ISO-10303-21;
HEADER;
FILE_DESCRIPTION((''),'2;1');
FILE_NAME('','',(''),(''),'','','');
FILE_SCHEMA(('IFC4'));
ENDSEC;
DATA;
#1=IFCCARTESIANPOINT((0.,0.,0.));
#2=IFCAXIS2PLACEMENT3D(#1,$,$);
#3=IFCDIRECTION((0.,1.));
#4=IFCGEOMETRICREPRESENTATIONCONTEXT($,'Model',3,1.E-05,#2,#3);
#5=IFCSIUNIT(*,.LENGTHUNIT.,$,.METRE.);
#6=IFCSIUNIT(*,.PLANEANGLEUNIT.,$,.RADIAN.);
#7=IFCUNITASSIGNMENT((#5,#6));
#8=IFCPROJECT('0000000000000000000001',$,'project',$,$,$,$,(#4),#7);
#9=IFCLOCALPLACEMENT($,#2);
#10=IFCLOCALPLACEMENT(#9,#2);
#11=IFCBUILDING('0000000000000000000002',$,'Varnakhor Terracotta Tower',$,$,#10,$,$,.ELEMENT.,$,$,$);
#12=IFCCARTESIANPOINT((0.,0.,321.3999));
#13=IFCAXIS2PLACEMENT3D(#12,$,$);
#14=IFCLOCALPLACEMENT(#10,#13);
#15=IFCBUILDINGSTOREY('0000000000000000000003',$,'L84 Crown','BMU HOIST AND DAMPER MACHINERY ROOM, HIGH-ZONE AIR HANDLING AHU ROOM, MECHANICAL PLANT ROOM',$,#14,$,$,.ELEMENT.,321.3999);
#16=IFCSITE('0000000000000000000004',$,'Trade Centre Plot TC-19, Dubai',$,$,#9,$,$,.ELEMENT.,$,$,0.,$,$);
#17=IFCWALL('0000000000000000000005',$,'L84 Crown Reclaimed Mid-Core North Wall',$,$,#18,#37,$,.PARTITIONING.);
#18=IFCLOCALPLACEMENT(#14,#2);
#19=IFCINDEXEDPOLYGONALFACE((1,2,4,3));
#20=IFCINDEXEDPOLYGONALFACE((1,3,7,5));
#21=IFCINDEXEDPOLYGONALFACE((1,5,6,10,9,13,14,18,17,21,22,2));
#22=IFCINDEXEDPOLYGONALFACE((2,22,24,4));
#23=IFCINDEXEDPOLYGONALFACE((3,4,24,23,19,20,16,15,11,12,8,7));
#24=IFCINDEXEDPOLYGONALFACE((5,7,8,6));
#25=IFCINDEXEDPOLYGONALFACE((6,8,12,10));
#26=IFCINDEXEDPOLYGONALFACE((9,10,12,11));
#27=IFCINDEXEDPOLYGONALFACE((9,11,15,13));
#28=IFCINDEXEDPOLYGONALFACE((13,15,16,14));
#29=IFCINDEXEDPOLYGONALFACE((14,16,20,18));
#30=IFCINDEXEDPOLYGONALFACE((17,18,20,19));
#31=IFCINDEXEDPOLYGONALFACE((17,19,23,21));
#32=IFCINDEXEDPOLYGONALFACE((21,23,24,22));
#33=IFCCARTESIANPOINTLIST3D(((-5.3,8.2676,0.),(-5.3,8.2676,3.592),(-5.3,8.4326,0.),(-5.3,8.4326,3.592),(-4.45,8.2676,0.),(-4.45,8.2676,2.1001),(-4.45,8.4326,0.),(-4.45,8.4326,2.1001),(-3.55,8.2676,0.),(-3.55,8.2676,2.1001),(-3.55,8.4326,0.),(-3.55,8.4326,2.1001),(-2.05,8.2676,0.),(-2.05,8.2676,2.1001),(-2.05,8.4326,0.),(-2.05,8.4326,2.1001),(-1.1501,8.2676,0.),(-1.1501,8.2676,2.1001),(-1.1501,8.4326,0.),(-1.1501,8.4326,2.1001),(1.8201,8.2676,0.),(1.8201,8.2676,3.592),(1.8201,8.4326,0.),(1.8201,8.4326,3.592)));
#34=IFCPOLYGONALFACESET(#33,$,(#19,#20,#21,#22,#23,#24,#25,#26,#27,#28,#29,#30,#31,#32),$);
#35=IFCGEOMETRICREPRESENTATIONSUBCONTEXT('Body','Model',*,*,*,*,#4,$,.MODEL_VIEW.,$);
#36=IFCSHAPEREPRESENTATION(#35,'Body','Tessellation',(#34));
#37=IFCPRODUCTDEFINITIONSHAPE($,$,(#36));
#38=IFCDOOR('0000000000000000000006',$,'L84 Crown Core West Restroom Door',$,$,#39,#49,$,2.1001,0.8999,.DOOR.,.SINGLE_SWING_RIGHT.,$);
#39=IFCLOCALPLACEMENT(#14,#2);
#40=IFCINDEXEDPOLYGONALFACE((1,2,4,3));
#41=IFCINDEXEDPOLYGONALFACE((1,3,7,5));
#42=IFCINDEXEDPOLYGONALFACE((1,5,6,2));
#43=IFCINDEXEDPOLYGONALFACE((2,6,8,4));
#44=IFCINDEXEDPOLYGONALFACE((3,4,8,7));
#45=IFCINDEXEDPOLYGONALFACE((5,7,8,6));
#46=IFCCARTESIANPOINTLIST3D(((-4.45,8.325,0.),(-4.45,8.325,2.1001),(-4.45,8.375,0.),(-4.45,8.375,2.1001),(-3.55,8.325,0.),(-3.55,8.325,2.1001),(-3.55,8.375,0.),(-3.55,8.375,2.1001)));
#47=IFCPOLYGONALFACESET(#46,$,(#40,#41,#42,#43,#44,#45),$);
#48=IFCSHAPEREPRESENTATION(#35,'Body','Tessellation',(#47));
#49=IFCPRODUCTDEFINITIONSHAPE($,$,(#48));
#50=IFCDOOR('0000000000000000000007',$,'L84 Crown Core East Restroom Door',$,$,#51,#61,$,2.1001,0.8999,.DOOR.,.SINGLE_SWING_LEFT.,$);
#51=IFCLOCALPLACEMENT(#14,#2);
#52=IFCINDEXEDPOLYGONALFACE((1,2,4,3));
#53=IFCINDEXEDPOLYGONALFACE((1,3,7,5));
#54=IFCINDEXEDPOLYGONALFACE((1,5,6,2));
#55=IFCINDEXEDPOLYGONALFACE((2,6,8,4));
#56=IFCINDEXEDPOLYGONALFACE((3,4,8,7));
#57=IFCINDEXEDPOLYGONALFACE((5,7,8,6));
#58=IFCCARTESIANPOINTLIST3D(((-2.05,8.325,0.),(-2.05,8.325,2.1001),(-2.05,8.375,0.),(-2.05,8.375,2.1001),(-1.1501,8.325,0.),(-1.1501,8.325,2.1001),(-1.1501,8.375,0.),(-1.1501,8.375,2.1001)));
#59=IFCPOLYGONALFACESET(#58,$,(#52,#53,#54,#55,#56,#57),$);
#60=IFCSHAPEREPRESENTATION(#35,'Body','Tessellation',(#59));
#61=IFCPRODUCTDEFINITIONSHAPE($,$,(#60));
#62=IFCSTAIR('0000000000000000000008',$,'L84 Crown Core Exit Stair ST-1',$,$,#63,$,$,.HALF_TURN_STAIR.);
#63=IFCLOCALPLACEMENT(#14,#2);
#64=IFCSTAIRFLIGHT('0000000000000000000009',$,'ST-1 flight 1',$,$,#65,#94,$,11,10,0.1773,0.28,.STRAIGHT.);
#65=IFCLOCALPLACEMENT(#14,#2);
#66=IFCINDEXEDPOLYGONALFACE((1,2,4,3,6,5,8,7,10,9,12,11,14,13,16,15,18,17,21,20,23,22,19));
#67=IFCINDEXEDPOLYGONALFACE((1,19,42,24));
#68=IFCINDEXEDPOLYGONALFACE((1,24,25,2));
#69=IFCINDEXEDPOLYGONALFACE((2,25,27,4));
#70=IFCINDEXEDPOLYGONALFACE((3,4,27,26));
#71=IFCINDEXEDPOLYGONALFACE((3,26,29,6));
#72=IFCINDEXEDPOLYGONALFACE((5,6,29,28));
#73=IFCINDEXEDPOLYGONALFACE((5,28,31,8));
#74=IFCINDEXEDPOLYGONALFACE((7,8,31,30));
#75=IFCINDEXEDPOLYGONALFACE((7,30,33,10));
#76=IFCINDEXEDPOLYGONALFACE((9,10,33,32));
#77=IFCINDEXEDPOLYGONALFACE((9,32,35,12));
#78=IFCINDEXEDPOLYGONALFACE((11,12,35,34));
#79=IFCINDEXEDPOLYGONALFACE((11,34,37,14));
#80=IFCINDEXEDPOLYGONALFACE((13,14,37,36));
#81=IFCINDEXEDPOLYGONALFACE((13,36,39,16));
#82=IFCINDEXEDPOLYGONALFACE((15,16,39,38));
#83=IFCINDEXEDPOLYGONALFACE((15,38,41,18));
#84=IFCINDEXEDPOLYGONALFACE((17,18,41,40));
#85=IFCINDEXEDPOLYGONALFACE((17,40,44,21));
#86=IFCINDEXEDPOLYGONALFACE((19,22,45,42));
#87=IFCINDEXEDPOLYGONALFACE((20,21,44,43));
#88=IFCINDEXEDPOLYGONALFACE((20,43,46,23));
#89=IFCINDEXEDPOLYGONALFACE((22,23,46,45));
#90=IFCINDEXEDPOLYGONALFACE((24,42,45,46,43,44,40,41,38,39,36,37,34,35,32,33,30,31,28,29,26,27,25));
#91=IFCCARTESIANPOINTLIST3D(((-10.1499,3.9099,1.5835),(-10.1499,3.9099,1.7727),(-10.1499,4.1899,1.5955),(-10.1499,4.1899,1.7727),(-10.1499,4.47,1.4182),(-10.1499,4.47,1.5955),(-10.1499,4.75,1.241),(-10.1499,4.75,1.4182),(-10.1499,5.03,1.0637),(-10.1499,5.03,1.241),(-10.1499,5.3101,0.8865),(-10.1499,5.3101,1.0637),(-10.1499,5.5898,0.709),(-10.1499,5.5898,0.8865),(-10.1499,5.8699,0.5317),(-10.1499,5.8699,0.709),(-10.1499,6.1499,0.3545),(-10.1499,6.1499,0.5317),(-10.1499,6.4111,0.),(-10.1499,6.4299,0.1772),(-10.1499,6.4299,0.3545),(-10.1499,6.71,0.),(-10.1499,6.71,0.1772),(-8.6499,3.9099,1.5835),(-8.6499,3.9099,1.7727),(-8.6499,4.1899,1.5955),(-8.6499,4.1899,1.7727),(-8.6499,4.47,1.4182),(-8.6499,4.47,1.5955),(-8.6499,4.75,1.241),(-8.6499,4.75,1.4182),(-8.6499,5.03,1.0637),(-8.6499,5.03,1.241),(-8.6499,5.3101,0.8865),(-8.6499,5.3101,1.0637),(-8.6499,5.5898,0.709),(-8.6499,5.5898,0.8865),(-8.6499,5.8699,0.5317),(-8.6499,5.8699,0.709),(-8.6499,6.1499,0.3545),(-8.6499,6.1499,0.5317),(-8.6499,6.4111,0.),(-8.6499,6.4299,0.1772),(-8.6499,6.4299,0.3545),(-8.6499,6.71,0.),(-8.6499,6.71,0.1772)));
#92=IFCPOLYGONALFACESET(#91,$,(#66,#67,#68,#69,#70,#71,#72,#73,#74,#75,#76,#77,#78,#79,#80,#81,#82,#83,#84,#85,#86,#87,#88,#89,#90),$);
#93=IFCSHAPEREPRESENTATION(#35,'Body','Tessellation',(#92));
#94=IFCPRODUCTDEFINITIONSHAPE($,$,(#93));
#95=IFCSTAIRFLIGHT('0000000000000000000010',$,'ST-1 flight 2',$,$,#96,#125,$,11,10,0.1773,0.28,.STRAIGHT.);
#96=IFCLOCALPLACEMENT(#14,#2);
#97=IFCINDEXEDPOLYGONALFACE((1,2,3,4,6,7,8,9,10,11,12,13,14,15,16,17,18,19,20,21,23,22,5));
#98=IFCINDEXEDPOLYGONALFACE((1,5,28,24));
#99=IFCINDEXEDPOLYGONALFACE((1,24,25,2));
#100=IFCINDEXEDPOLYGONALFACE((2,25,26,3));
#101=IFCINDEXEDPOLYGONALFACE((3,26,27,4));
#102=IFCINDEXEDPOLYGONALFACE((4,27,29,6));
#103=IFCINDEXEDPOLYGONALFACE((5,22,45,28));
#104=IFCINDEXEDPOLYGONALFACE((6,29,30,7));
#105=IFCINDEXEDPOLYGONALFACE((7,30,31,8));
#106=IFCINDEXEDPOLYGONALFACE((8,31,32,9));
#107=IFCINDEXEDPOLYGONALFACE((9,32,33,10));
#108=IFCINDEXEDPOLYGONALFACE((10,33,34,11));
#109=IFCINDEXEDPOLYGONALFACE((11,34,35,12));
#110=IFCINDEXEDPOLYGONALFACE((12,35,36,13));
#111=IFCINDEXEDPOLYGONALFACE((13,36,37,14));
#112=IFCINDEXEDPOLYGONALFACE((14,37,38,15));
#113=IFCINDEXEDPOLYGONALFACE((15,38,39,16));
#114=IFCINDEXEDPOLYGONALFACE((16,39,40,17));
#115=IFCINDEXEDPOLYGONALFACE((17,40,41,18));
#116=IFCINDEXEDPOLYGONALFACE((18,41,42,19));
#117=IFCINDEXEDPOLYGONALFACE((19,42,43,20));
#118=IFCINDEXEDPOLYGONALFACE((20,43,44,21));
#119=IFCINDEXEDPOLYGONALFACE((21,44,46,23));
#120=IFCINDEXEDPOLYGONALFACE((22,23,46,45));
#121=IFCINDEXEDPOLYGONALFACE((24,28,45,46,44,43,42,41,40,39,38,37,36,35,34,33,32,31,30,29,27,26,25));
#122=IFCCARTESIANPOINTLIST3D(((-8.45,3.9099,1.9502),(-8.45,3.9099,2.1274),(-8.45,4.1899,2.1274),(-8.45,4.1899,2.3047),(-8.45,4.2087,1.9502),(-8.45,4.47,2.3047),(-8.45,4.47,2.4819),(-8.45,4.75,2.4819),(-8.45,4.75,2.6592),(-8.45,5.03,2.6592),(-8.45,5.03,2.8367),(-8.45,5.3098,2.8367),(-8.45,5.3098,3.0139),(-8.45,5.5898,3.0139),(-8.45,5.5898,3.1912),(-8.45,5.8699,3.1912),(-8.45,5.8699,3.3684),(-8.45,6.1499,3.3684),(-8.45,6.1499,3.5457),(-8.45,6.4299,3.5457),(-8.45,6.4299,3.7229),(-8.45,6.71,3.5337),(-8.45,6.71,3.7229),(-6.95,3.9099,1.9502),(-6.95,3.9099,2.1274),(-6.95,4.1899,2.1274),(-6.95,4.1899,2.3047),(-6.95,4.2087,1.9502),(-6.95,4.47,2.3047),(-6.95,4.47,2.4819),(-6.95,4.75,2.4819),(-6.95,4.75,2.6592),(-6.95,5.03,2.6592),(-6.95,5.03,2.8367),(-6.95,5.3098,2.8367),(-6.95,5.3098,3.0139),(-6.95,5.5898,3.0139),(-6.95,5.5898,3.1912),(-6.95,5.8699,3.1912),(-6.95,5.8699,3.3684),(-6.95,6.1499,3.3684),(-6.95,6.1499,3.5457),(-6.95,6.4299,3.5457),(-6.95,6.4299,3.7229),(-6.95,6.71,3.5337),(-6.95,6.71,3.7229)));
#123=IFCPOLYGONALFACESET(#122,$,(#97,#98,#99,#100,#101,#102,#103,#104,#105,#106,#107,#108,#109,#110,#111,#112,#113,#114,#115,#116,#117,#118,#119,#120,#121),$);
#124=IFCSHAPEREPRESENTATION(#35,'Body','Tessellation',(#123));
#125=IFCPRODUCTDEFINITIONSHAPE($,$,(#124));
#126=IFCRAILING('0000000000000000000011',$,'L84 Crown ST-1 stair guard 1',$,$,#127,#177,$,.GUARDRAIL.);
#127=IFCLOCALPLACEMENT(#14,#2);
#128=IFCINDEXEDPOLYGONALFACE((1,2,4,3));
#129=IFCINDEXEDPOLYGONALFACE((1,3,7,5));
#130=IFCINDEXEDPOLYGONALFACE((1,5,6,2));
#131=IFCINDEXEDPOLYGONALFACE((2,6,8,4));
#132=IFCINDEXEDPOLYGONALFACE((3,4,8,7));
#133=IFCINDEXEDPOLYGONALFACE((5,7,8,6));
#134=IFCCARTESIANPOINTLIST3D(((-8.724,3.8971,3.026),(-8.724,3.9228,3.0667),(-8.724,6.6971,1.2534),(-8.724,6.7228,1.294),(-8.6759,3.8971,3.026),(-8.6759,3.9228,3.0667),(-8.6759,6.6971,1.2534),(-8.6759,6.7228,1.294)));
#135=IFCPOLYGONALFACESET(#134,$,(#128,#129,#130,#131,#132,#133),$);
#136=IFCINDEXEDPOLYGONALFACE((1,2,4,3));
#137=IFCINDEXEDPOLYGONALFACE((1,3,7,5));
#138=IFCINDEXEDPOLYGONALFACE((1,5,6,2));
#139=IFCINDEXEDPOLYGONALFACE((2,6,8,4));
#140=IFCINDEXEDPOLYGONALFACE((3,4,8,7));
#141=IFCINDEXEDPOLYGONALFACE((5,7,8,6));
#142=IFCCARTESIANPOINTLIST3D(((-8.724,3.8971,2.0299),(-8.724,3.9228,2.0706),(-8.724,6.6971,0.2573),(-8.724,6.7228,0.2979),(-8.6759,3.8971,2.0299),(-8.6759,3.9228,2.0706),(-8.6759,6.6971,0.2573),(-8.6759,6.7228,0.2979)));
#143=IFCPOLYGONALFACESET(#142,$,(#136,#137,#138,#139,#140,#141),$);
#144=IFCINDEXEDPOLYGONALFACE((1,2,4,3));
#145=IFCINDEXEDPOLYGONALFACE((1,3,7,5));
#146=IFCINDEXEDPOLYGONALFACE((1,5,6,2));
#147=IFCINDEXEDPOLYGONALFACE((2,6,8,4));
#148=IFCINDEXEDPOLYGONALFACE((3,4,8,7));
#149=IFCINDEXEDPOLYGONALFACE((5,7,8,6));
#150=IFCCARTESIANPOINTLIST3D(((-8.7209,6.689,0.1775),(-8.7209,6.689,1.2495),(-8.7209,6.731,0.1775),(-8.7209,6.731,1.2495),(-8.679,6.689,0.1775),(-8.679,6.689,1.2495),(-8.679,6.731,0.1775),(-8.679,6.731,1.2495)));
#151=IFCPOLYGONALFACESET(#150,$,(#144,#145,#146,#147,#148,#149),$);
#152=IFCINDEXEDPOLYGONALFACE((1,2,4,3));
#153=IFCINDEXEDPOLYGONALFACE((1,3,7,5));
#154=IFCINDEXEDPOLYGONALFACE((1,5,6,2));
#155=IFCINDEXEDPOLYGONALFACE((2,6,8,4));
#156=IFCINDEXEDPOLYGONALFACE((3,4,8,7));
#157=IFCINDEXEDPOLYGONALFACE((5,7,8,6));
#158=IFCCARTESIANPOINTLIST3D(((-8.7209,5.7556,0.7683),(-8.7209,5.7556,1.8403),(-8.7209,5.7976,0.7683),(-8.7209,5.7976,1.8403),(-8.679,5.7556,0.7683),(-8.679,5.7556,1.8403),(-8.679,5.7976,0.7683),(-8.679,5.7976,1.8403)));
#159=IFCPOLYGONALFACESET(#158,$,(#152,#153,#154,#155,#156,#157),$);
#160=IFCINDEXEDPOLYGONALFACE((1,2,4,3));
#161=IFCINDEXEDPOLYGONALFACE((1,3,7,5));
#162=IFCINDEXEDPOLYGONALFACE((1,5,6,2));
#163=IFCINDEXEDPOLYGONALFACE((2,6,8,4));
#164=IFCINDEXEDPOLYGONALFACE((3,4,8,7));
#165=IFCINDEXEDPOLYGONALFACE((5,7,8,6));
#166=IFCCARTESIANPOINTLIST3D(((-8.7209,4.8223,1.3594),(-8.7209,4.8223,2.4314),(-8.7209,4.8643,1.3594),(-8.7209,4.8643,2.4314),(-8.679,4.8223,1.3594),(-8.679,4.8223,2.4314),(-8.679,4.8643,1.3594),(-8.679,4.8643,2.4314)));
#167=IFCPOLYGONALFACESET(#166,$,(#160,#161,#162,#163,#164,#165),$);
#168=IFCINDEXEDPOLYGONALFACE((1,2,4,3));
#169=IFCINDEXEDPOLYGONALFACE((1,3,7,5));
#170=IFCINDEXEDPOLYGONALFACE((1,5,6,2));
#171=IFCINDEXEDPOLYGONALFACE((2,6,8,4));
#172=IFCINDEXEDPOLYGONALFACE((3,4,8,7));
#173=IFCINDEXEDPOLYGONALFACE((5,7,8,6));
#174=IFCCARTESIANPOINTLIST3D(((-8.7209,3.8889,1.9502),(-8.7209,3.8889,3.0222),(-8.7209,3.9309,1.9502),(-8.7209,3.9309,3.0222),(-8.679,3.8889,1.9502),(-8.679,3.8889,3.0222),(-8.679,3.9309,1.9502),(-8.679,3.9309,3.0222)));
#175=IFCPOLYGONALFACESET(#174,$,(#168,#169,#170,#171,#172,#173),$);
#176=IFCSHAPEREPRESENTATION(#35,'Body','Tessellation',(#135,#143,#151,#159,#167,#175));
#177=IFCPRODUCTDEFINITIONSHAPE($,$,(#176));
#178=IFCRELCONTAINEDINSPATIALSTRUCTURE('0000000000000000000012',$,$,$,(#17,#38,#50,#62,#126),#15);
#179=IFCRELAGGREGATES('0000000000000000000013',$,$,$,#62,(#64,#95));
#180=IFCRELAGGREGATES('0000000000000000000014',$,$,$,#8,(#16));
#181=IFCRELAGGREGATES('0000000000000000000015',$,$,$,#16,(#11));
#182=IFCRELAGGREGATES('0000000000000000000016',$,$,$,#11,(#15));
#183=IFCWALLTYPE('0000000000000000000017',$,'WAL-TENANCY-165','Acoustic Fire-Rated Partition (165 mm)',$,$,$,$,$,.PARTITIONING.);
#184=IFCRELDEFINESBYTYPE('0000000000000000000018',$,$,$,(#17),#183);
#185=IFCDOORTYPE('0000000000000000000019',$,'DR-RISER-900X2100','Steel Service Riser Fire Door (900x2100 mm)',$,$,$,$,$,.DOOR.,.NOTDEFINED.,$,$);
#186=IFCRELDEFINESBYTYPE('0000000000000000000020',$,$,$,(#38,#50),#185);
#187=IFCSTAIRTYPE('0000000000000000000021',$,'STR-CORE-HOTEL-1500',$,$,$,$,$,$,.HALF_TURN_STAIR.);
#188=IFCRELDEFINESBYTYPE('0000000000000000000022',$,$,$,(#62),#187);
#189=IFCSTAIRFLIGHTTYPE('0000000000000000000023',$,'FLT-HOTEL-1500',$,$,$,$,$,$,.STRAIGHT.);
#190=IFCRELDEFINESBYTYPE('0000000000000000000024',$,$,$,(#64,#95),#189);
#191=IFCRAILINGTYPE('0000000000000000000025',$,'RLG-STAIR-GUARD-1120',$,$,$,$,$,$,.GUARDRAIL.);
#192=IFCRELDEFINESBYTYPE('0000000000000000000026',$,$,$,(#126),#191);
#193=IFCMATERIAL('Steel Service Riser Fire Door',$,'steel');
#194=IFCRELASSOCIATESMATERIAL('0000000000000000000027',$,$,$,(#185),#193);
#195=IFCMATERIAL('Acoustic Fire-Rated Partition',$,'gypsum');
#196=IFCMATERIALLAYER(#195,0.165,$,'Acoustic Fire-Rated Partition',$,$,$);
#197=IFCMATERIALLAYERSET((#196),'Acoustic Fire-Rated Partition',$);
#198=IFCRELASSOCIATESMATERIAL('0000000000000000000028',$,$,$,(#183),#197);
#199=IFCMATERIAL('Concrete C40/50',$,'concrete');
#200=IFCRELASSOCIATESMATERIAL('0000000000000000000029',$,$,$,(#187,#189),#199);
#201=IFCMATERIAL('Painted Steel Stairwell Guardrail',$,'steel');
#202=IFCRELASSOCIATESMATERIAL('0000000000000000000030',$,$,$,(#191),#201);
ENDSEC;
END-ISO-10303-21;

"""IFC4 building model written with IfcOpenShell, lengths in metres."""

from ifc_helpers import new_model, si_unit, direction, frame, frame_2d, origin, origin_2d, place, context, subcontext, project, spatial, polyline, rectangle, outline, extrude, source, transform, mapped, material, layer, layer_set, type_object, type_shapes, element, fill, aggregate, save


model = new_model("IFC4")

# Units and contexts
model_context = context("Model", 3, precision=1e-05, world=origin(), true_north=direction((0.0, 1.0)))
body_context = subcontext(model_context, "Body", "Model", "MODEL_VIEW")
ifc_project = project(units=[si_unit("LENGTHUNIT", "METRE"), si_unit("PLANEANGLEUNIT", "RADIAN")], contexts=[model_context])

# Site, building, storey
site_placement = place(None, origin())
site = spatial("IfcSite", under=ifc_project, at=site_placement, Name="Trade Centre Plot TC-19, Dubai", CompositionType="ELEMENT", RefElevation=0.0)
building_placement = place(site_placement, origin())
building = spatial("IfcBuilding", under=site, at=building_placement, Name="Varnakhor Terracotta Tower", CompositionType="ELEMENT")
storey_placement = place(building_placement, frame((0.0, 0.0, 321.3999)))
storey = spatial("IfcBuildingStorey", under=building, at=storey_placement, Name="L84 Crown", Description="BMU HOIST AND DAMPER MACHINERY ROOM, HIGH-ZONE AIR HANDLING AHU ROOM, MECHANICAL PLANT ROOM", CompositionType="ELEMENT", Elevation=321.3999)

# Shared definitions
ifc_material_1 = material(Name="Concrete C40/50", Category="concrete")

# Shared definitions
ifc_material_2 = material(Name="Acoustic Fire-Rated Partition", Category="gypsum")

# Shared definitions
ifc_material_3 = material(Name="Steel Service Riser Fire Door", Category="steel")
door_type_1 = type_object("IfcDoorType", Name="DR-RISER-900X2100", Description="Steel Service Riser Fire Door (900x2100 mm)", OperationType="NOTDEFINED", PredefinedType="DOOR", material=ifc_material_3)
shared_shape_1 = source(origin(), body_context, "Body", "SweptSolid", [
    extrude(rectangle(XDim=0.8999, YDim=2.1001, at=frame_2d((0.45, 1.05))), frame((0.0, 0.0249, 0.0), z_axis=(0.0, -1.0, 0.0), x_axis=(1.0, 0.0, 0.0)), (0.0, 0.0, 1.0), 0.05),
])
type_shapes(door_type_1, [shared_shape_1])
ifc_layer_1 = layer(ifc_material_2, 0.165, Name="Acoustic Fire-Rated Partition")
ifc_layer_set_1 = layer_set([ifc_layer_1], Name="Acoustic Fire-Rated Partition")
wall_type_1 = type_object("IfcWallType", Name="WAL-TENANCY-165", Description="Acoustic Fire-Rated Partition (165 mm)", PredefinedType="PARTITIONING", material=ifc_layer_set_1)

# Wall, openings, doors
wall_1_placement = place(storey_placement, frame((-5.3, 8.3501, 0.0), z_axis=(0.0, 0.0, 1.0), x_axis=(1.0, 0.0, 0.0)))
wall_1 = element("IfcWall", 1, at=wall_1_placement, inside=storey, type_object=wall_type_1, Name="L84 Crown Reclaimed Mid-Core North Wall", PredefinedType="PARTITIONING", context=body_context, shape_type="SweptSolid", body=[
    extrude(rectangle(XDim=7.1201, YDim=0.165, at=frame_2d((3.5601, 0.0))), origin(), (0.0, 0.0, 1.0), 3.592),
])
opening_1_placement = place(wall_1_placement, frame((0.8501, 0.0, 0.0)))
opening_1 = element("IfcOpeningElement", 2, at=opening_1_placement, cuts=wall_1, PredefinedType="OPENING", context=body_context, shape_type="SweptSolid", body=[
    extrude(rectangle(XDim=0.8999, YDim=2.1001, at=frame_2d((0.45, 1.05))), frame((0.0, 0.0925, 0.0), z_axis=(0.0, -1.0, 0.0), x_axis=(1.0, 0.0, 0.0)), (0.0, 0.0, 1.0), 0.1851),
])
opening_2_placement = place(wall_1_placement, frame((3.25, 0.0, 0.0)))
opening_2 = element("IfcOpeningElement", 3, at=opening_2_placement, cuts=wall_1, PredefinedType="OPENING", context=body_context, shape_type="SweptSolid", body=[
    extrude(rectangle(XDim=0.8999, YDim=2.1001, at=frame_2d((0.45, 1.05))), frame((0.0, 0.0925, 0.0), z_axis=(0.0, -1.0, 0.0), x_axis=(1.0, 0.0, 0.0)), (0.0, 0.0, 1.0), 0.1851),
])
door_1_placement = place(opening_1_placement, origin())
door_1 = element("IfcDoor", 4, at=door_1_placement, inside=storey, type_object=door_type_1, Name="L84 Crown Core West Restroom Door", OperationType="SINGLE_SWING_RIGHT", OverallHeight=2.1001, OverallWidth=0.8999, PredefinedType="DOOR", context=body_context, shape_type="MappedRepresentation", body=[
    mapped(shared_shape_1, transform((0.0, 0.0, 0.0), scale=1.0)),
])
fill(opening_1, door_1)
door_2_placement = place(opening_2_placement, origin())
door_2 = element("IfcDoor", 5, at=door_2_placement, inside=storey, type_object=door_type_1, Name="L84 Crown Core East Restroom Door", OperationType="SINGLE_SWING_LEFT", OverallHeight=2.1001, OverallWidth=0.8999, PredefinedType="DOOR", context=body_context, shape_type="MappedRepresentation", body=[
    mapped(shared_shape_1, transform((0.0, 0.0, 0.0), scale=1.0)),
])
fill(opening_2, door_2)

# Stair, stair flights
stair_type = type_object("IfcStairType", Name="STR-CORE-HOTEL-1500", PredefinedType="HALF_TURN_STAIR", material=ifc_material_1)
stair_placement = place(storey_placement, origin())
stair = element("IfcStair", 6, at=stair_placement, inside=storey, type_object=stair_type, Name="L84 Crown Core Exit Stair ST-1", PredefinedType="HALF_TURN_STAIR")
stair_flight_type = type_object("IfcStairFlightType", Name="FLT-HOTEL-1500", PredefinedType="STRAIGHT", material=ifc_material_1)
stair_flight_1_placement = place(storey_placement, frame((-9.3999, 6.71, 0.0), z_axis=(0.0, 0.0, 1.0), x_axis=(0.0, -1.0, 0.0)))
stair_flight_1 = element("IfcStairFlight", 7, at=stair_flight_1_placement, type_object=stair_flight_type, Name="ST-1 flight 1", NumberOfRisers=11, NumberOfTreads=10, PredefinedType="STRAIGHT", RiserHeight=0.1773, TreadLength=0.28, context=body_context, shape_type="SweptSolid", body=[
    extrude(outline(polyline([(0.0, 0.0), (0.0, 0.1772), (0.28, 0.1772), (0.28, 0.3545), (0.5601, 0.3545), (0.5601, 0.5317), (0.8401, 0.5317), (0.8401, 0.709), (1.1201, 0.709), (1.1201, 0.8865), (1.3999, 0.8865), (1.3999, 1.0637), (1.6799, 1.0637), (1.6799, 1.241), (1.96, 1.241), (1.96, 1.4182), (2.24, 1.4182), (2.24, 1.5955), (2.52, 1.5955), (2.52, 1.7727), (2.8, 1.7727), (2.8, 1.95), (2.8, 1.5835), (0.2988, 0.0), (0.0, 0.0)])), frame((0.0, 0.75, 0.0), z_axis=(0.0, -1.0, 0.0), x_axis=(1.0, 0.0, 0.0)), (0.0, 0.0, 1.0), 1.5),
])
stair_flight_2_placement = place(storey_placement, frame((-7.7, 3.9099, 1.9502), z_axis=(0.0, 0.0, 1.0), x_axis=(0.0, 1.0, 0.0)))
stair_flight_2 = element("IfcStairFlight", 8, at=stair_flight_2_placement, type_object=stair_flight_type, Name="ST-1 flight 2", NumberOfRisers=11, NumberOfTreads=10, PredefinedType="STRAIGHT", RiserHeight=0.1773, TreadLength=0.28, context=body_context, shape_type="SweptSolid", body=[
    extrude(outline(polyline([(0.0, 0.0), (0.0, 0.1772), (0.28, 0.1772), (0.28, 0.3545), (0.5601, 0.3545), (0.5601, 0.5317), (0.8401, 0.5317), (0.8401, 0.709), (1.1201, 0.709), (1.1201, 0.8865), (1.3999, 0.8865), (1.3999, 1.0637), (1.6799, 1.0637), (1.6799, 1.241), (1.96, 1.241), (1.96, 1.4182), (2.24, 1.4182), (2.24, 1.5955), (2.52, 1.5955), (2.52, 1.7727), (2.8, 1.7727), (2.8, 1.95), (2.8, 1.5835), (0.2988, 0.0), (0.0, 0.0)])), frame((0.0, 0.75, 0.0), z_axis=(0.0, -1.0, 0.0), x_axis=(1.0, 0.0, 0.0)), (0.0, 0.0, 1.0), 1.5),
])
aggregate(stair, [stair_flight_1, stair_flight_2])

# Railing
ifc_material_4 = material(Name="Painted Steel Stairwell Guardrail", Category="steel")
railing_type_1 = type_object("IfcRailingType", Name="RLG-STAIR-GUARD-1120", PredefinedType="GUARDRAIL", material=ifc_material_4)
railing_1_placement = place(storey_placement, frame((-8.7, 6.71, 0.1775)))
element("IfcRailing", 9, at=railing_1_placement, inside=storey, type_object=railing_type_1, Name="L84 Crown ST-1 stair guard 1", PredefinedType="GUARDRAIL", context=body_context, shape_type="SweptSolid", body=[
    extrude(rectangle(XDim=0.0481, YDim=0.0481, at=origin_2d()), frame((0.0, 0.0, 1.0962), z_axis=(0.0, -0.844909, 0.53491), x_axis=(1.0, 0.0, 0.0)), (0.0, 0.0, 1.0), 3.314),
    extrude(rectangle(XDim=0.0481, YDim=0.0481, at=origin_2d()), frame((0.0, 0.0, 0.1001), z_axis=(0.0, -0.844909, 0.53491), x_axis=(1.0, 0.0, 0.0)), (0.0, 0.0, 1.0), 3.314),
    extrude(rectangle(XDim=0.042, YDim=0.042, at=origin_2d()), origin(), (0.0, 0.0, 1.0), 1.072),
    extrude(rectangle(XDim=0.042, YDim=0.042, at=origin_2d()), frame((0.0, -0.9333, 0.5908)), (0.0, 0.0, 1.0), 1.072),
    extrude(rectangle(XDim=0.042, YDim=0.042, at=origin_2d()), frame((0.0, -1.8667, 1.1819)), (0.0, 0.0, 1.0), 1.072),
    extrude(rectangle(XDim=0.042, YDim=0.042, at=origin_2d()), frame((0.0, -2.8, 1.7727)), (0.0, 0.0, 1.0), 1.072),
])

save(model, "model.ifc")
